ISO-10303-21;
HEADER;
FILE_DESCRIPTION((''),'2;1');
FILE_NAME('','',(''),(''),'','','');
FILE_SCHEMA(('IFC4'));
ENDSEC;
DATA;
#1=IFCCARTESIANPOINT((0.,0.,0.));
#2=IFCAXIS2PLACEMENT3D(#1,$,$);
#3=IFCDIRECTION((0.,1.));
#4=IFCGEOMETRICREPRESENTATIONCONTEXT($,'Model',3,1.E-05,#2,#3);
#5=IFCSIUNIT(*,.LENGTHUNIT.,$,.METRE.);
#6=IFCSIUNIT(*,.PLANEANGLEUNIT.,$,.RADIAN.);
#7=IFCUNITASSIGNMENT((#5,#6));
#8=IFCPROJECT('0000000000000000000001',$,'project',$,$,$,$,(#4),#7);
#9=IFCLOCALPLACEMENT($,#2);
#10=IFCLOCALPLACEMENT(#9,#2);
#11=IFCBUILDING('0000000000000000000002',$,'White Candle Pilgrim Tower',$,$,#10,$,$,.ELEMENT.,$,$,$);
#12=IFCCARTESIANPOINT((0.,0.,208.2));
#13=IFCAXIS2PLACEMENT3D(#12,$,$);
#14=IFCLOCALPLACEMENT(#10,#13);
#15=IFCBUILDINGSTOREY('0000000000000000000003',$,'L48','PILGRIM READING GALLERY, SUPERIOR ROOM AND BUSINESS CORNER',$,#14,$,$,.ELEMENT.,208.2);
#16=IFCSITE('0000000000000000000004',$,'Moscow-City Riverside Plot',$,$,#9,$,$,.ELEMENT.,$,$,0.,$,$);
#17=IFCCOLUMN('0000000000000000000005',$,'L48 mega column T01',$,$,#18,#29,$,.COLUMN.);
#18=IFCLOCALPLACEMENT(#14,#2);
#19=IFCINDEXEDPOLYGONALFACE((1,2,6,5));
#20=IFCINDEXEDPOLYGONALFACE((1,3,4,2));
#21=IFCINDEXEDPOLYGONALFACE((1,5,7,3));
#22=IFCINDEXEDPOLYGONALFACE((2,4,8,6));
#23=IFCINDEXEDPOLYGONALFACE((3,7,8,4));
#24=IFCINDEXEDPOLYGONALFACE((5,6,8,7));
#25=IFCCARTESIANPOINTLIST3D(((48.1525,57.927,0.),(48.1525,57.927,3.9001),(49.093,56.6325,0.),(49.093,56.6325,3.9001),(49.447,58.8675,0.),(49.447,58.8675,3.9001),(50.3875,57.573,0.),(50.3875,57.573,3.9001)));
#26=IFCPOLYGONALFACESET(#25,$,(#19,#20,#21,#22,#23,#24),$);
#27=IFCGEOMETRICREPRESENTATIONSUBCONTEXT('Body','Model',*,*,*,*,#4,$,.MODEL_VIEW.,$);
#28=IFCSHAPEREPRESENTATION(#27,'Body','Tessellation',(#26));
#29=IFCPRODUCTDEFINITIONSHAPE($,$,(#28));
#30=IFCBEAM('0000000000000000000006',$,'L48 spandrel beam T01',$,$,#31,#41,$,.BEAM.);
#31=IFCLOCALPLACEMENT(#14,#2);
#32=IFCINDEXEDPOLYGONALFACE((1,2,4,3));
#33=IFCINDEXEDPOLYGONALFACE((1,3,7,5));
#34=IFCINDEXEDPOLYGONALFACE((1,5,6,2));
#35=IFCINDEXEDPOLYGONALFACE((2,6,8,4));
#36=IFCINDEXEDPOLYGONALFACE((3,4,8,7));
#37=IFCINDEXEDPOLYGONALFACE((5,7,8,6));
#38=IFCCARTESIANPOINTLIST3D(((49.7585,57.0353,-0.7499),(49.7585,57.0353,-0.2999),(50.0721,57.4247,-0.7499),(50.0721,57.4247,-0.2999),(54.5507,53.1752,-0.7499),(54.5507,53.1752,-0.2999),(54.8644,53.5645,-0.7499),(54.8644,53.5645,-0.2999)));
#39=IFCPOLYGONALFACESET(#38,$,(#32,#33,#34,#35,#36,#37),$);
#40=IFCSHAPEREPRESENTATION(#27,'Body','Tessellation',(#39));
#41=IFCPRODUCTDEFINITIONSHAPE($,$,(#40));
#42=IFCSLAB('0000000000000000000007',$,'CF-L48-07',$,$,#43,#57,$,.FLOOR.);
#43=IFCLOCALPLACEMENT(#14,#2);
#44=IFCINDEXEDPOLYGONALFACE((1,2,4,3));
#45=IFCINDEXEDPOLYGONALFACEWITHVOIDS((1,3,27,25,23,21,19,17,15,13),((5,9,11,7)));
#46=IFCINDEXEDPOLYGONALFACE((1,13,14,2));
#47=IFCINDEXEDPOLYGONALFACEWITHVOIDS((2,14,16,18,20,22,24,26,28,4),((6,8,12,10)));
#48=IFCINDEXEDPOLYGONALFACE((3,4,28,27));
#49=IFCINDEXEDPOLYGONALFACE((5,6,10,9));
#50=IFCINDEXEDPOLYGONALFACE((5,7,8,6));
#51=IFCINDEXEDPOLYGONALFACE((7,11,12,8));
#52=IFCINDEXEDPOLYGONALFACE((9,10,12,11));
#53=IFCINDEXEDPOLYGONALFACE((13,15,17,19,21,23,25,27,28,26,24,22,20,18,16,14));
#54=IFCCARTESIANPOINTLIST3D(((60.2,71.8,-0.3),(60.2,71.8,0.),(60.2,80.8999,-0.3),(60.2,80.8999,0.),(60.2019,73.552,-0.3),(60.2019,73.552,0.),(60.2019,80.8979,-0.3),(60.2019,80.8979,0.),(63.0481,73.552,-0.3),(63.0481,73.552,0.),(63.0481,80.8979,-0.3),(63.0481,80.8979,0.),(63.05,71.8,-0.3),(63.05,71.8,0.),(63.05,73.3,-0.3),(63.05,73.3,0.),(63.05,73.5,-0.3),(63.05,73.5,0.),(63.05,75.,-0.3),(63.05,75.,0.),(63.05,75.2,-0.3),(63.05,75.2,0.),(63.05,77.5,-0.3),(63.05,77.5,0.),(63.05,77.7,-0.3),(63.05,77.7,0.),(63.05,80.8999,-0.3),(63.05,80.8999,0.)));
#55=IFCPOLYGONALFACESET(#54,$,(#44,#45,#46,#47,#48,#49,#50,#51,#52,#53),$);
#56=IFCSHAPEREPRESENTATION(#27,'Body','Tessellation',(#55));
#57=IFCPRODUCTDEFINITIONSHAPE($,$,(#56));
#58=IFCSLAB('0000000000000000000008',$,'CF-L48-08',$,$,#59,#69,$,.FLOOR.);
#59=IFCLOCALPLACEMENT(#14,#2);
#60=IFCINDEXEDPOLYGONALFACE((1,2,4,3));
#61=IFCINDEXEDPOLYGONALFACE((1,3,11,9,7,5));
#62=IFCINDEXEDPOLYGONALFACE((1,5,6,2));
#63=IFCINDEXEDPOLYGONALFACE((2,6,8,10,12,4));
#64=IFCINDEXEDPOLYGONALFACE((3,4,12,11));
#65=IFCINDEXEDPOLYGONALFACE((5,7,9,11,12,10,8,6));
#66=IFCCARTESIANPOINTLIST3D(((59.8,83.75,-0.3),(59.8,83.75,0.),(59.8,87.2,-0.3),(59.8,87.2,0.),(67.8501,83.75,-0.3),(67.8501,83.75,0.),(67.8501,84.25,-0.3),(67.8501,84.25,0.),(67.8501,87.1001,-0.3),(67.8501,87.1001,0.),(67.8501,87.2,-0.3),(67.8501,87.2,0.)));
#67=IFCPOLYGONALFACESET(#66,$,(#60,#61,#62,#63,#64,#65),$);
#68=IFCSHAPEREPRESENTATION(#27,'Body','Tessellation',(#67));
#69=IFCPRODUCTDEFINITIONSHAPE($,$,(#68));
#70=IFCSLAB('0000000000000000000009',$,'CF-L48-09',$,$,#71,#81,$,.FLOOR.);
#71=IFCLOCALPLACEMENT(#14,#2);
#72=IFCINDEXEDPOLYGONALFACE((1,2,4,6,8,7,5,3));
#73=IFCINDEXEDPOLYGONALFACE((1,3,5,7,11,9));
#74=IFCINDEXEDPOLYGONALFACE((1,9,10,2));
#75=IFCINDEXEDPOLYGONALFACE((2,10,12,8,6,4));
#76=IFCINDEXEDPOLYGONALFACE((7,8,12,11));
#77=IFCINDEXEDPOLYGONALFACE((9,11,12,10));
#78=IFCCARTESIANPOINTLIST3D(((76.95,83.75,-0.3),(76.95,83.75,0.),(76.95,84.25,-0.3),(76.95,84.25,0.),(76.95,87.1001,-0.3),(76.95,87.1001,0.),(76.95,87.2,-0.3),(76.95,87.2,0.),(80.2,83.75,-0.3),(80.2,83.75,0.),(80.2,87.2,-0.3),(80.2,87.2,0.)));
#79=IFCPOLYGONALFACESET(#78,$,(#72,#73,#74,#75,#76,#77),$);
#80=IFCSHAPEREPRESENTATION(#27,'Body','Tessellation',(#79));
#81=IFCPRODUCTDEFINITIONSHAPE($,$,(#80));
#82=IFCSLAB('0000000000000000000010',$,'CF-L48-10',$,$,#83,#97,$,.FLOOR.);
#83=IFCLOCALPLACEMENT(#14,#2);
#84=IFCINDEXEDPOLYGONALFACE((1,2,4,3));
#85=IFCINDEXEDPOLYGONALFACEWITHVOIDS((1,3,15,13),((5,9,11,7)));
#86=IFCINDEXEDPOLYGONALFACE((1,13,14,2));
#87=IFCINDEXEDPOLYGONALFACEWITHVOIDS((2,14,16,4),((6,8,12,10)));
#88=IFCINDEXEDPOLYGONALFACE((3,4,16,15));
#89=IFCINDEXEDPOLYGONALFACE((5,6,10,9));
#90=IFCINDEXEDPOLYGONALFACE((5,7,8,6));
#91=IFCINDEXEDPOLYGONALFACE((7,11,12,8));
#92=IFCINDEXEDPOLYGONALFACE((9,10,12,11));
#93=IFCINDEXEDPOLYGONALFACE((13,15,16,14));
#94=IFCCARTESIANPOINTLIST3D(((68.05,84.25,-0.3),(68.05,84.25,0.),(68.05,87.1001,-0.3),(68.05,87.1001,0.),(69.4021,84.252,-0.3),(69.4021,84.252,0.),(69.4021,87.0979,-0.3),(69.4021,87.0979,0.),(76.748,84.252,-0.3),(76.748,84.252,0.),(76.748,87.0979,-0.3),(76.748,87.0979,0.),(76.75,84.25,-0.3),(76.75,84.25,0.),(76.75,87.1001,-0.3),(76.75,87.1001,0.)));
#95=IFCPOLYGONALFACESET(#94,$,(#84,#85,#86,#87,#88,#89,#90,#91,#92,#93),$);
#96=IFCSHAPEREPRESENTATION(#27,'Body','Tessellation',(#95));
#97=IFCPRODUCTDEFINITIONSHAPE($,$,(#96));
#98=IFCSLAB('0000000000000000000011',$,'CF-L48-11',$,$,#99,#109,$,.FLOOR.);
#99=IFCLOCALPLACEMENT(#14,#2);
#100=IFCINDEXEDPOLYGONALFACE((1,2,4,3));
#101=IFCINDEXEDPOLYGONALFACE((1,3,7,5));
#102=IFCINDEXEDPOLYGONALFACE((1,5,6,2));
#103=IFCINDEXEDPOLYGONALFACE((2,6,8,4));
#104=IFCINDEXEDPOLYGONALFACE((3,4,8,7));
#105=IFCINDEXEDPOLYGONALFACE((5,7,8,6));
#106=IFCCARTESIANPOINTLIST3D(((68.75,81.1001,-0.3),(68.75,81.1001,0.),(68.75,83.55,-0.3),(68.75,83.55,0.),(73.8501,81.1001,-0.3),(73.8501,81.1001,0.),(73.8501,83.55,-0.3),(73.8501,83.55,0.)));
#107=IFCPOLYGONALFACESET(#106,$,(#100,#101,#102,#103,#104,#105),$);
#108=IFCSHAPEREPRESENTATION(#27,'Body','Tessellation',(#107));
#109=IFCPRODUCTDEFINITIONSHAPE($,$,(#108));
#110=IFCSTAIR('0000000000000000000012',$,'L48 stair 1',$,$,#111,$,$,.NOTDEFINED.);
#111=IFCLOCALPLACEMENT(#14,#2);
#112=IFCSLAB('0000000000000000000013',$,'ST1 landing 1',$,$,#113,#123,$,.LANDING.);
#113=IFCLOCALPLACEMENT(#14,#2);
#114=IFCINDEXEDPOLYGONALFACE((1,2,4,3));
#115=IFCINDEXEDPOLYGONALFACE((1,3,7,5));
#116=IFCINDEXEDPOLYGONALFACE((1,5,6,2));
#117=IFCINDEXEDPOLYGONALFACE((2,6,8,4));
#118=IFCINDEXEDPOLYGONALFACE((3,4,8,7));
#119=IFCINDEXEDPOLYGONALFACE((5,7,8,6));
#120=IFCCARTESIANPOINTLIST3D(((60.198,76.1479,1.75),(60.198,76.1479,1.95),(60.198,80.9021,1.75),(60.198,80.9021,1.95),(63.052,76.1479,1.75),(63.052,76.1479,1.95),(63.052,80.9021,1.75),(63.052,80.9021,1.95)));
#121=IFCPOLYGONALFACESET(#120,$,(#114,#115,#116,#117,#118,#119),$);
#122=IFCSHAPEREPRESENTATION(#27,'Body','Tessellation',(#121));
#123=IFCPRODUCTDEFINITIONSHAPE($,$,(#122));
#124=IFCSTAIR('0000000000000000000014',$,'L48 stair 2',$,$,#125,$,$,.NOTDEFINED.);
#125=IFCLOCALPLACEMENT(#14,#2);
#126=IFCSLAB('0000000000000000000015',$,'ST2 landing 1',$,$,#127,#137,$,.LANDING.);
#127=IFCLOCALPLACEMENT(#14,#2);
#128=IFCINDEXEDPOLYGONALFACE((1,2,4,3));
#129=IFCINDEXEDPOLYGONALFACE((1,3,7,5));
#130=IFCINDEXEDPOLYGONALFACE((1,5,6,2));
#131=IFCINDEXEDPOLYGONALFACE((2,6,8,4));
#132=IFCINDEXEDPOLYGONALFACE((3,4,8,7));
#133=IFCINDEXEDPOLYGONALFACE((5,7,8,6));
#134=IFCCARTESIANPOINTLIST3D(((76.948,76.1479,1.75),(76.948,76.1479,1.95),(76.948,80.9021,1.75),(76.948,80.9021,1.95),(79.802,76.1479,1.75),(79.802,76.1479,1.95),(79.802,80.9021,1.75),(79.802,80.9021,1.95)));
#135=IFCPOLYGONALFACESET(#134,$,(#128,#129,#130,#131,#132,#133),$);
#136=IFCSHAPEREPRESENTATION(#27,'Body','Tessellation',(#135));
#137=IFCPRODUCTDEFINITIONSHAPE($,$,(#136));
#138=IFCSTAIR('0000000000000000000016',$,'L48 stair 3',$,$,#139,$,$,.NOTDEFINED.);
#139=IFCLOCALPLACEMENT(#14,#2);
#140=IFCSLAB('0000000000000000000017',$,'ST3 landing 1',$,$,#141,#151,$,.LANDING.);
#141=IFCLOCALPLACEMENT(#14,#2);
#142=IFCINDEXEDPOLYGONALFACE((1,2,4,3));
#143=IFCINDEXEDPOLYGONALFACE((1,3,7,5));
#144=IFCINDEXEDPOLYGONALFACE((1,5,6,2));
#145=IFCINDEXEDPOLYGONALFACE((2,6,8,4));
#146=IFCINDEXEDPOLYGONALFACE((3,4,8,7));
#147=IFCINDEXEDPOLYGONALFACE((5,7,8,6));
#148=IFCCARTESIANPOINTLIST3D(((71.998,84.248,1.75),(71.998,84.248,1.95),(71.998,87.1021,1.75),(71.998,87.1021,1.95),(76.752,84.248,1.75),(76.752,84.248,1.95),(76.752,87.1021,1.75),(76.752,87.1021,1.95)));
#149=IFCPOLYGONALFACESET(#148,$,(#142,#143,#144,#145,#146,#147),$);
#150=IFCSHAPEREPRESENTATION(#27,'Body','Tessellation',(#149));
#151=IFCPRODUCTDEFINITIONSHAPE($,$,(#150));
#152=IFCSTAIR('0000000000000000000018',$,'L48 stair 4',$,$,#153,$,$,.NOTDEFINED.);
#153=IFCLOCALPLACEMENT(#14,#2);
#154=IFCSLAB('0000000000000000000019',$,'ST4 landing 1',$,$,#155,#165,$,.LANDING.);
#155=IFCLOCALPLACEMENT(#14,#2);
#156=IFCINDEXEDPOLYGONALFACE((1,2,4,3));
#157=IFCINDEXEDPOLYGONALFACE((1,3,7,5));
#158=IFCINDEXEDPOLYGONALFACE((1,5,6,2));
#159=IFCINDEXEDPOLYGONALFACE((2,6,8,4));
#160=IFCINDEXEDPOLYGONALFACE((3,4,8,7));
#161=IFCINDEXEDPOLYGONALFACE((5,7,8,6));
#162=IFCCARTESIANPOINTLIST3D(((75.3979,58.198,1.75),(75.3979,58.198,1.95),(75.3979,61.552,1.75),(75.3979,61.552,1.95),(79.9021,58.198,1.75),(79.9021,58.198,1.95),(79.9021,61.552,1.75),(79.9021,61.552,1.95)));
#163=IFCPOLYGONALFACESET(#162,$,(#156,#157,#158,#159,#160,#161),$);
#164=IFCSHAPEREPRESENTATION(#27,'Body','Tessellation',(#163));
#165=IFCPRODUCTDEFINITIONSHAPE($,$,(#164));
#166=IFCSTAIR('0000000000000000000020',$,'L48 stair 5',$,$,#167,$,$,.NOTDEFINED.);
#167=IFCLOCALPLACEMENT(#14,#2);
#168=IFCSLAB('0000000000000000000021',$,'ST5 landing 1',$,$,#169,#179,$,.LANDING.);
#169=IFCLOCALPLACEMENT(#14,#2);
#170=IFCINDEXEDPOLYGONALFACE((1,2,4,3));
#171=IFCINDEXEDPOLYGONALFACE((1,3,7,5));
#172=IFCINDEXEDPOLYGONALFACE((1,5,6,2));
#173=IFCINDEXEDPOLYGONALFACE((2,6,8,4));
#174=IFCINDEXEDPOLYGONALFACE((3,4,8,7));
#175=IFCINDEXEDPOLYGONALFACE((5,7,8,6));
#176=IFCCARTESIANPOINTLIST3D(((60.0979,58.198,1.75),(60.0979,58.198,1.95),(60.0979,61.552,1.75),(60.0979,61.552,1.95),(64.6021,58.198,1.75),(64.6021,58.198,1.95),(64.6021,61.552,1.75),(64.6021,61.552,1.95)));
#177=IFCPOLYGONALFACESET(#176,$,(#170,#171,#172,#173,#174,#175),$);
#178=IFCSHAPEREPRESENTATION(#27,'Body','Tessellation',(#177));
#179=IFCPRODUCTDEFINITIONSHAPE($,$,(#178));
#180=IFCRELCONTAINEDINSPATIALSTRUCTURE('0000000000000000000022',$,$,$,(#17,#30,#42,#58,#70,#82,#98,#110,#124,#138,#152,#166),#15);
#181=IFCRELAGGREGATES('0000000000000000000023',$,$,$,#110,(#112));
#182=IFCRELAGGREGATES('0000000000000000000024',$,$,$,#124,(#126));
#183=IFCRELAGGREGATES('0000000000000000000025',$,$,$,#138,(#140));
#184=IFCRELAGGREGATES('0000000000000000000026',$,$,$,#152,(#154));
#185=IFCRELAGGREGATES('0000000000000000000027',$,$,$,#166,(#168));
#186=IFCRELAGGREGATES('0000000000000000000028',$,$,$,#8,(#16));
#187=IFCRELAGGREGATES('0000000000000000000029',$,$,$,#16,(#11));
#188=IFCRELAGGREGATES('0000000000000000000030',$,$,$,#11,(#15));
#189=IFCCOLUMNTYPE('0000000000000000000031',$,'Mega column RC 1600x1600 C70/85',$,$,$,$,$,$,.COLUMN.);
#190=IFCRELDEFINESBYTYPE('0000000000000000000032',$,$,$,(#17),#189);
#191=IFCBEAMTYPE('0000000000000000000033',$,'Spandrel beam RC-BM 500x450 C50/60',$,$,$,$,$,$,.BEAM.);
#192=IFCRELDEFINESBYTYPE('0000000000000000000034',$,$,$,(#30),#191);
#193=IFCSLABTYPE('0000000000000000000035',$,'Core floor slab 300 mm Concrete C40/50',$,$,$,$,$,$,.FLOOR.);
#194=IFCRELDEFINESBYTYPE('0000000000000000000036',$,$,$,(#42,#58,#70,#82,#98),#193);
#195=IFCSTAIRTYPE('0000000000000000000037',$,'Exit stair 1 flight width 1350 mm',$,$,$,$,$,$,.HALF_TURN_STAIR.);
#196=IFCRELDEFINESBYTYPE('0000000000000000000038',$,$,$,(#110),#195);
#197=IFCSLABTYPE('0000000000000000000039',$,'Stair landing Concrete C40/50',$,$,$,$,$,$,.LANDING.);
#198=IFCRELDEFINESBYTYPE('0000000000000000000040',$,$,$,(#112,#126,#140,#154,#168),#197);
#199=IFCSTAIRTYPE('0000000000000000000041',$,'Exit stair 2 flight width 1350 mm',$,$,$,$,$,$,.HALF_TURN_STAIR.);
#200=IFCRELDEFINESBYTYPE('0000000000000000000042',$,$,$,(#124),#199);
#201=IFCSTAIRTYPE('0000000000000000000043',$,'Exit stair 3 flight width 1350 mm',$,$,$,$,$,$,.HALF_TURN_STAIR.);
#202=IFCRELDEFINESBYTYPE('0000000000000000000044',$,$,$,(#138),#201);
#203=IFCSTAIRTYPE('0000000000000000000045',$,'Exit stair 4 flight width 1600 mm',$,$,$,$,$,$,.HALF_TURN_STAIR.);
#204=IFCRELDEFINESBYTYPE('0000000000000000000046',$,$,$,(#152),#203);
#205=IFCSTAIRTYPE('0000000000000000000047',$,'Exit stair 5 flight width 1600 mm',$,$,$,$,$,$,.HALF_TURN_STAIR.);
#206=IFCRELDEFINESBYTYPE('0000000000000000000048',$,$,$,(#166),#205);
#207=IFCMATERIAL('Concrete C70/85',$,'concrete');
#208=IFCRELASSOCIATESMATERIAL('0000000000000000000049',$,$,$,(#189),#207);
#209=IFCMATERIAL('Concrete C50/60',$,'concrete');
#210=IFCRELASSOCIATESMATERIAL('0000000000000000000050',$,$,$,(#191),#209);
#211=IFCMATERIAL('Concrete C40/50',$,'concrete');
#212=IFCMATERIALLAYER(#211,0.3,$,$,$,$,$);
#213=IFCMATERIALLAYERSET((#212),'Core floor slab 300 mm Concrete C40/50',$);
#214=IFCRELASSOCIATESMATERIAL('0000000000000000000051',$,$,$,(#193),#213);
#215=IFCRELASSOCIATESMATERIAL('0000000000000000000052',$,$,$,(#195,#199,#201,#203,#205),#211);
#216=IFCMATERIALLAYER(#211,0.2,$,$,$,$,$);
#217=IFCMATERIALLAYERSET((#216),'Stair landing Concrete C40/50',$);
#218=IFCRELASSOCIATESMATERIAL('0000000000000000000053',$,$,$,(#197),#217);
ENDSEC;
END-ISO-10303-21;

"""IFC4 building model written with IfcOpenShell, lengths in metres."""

from ifc_helpers import new_model, si_unit, direction, frame, origin, origin_2d, place, context, subcontext, project, spatial, polyline, rectangle, outline, extrude, material, layer, layer_set, material_profile, profile_set, type_object, element, aggregate, save


model = new_model("IFC4")

# Units and contexts
model_context = context("Model", 3, precision=1e-05, world=origin(), true_north=direction((0.0, 1.0)))
body_context = subcontext(model_context, "Body", "Model", "MODEL_VIEW")
ifc_project = project(units=[si_unit("LENGTHUNIT", "METRE"), si_unit("PLANEANGLEUNIT", "RADIAN")], contexts=[model_context])

# Site, building, storey
site_placement = place(None, origin())
site = spatial("IfcSite", under=ifc_project, at=site_placement, Name="Moscow-City Riverside Plot", CompositionType="ELEMENT", RefElevation=0.0)
building_placement = place(site_placement, origin())
building = spatial("IfcBuilding", under=site, at=building_placement, Name="White Candle Pilgrim Tower", CompositionType="ELEMENT")
storey_placement = place(building_placement, frame((0.0, 0.0, 208.2)))
storey = spatial("IfcBuildingStorey", under=building, at=storey_placement, Name="L48", Description="PILGRIM READING GALLERY, SUPERIOR ROOM AND BUSINESS CORNER", CompositionType="ELEMENT", Elevation=208.2)

# Column
ifc_material_1 = material(Name="Concrete C70/85", Category="concrete")
ifc_material_profile_1 = material_profile(ifc_material_1, rectangle(XDim=1.6001, YDim=1.6001, at=origin_2d()), Name="RC 1600x1600")
ifc_profile_set_1 = profile_set([ifc_material_profile_1], Name="Concrete C70/85")
column_type = type_object("IfcColumnType", Name="Mega column RC 1600x1600 C70/85", PredefinedType="COLUMN", material=ifc_profile_set_1)
column_placement = place(storey_placement, frame((49.27, 57.75, 0.0), z_axis=(0.0, 0.0, 1.0), x_axis=(-0.809017, -0.587785, 0.0)))
element("IfcColumn", 1, at=column_placement, inside=storey, type_object=column_type, Name="L48 mega column T01", PredefinedType="COLUMN", context=body_context, shape_type="SweptSolid", body=[
    extrude(rectangle(XDim=1.6001, YDim=1.6001, at=origin_2d()), origin(), (0.0, 0.0, 1.0), 3.9001),
])

# Beam
ifc_material_2 = material(Name="Concrete C50/60", Category="concrete")
ifc_material_profile_2 = material_profile(ifc_material_2, rectangle(XDim=0.5, YDim=0.45, at=origin_2d()), Name="RC-BM 500x450")
ifc_profile_set_2 = profile_set([ifc_material_profile_2], Name="Concrete C50/60")
beam_type = type_object("IfcBeamType", Name="Spandrel beam RC-BM 500x450 C50/60", PredefinedType="BEAM", material=ifc_profile_set_2)
beam_placement = place(storey_placement, frame((49.9153, 57.23, -0.5249), z_axis=(0.778778, -0.627299, 0.0), x_axis=(0.627299, 0.778778, 0.0)))
element("IfcBeam", 2, at=beam_placement, inside=storey, type_object=beam_type, Name="L48 spandrel beam T01", PredefinedType="BEAM", context=body_context, shape_type="SweptSolid", body=[
    extrude(rectangle(XDim=0.5, YDim=0.45, at=origin_2d()), origin(), (0.0, 0.0, 1.0), 6.1536),
])

# Slabs
ifc_material_3 = material(Name="Concrete C40/50", Category="concrete")
ifc_layer_1 = layer(ifc_material_3, 0.3)
ifc_layer_set_1 = layer_set([ifc_layer_1], Name="Core floor slab 300 mm Concrete C40/50")
slab_type_1 = type_object("IfcSlabType", Name="Core floor slab 300 mm Concrete C40/50", PredefinedType="FLOOR", material=ifc_layer_set_1)
slab_1_placement = place(storey_placement, frame((0.0, 0.0, -0.3)))
element("IfcSlab", 3, at=slab_1_placement, inside=storey, type_object=slab_type_1, Name="CF-L48-07", PredefinedType="FLOOR", context=body_context, shape_type="SweptSolid", body=[
    extrude(outline(polyline([(60.2, 71.8), (60.2, 80.8999), (63.05, 80.8999), (63.05, 77.7), (63.05, 77.5), (63.05, 75.2), (63.05, 75.0), (63.05, 73.5), (63.05, 73.3), (63.05, 71.8), (60.2, 71.8)]), holes=[polyline([(60.2019, 73.552), (63.0481, 73.552), (63.0481, 80.8979), (60.2019, 80.8979), (60.2019, 73.552)])]), origin(), (0.0, 0.0, 1.0), 0.3),
])
slab_2_placement = place(storey_placement, frame((0.0, 0.0, -0.3)))
element("IfcSlab", 4, at=slab_2_placement, inside=storey, type_object=slab_type_1, Name="CF-L48-08", PredefinedType="FLOOR", context=body_context, shape_type="SweptSolid", body=[
    extrude(outline(polyline([(59.8, 87.2), (67.8501, 87.2), (67.8501, 87.1001), (67.8501, 84.25), (67.8501, 83.75), (59.8, 83.75), (59.8, 87.2)])), origin(), (0.0, 0.0, 1.0), 0.3),
])
slab_3_placement = place(storey_placement, frame((0.0, 0.0, -0.3)))
element("IfcSlab", 5, at=slab_3_placement, inside=storey, type_object=slab_type_1, Name="CF-L48-09", PredefinedType="FLOOR", context=body_context, shape_type="SweptSolid", body=[
    extrude(outline(polyline([(80.2, 87.2), (80.2, 83.75), (76.95, 83.75), (76.95, 84.25), (76.95, 87.1001), (76.95, 87.2), (80.2, 87.2)])), origin(), (0.0, 0.0, 1.0), 0.3),
])
slab_4_placement = place(storey_placement, frame((0.0, 0.0, -0.3)))
element("IfcSlab", 6, at=slab_4_placement, inside=storey, type_object=slab_type_1, Name="CF-L48-10", PredefinedType="FLOOR", context=body_context, shape_type="SweptSolid", body=[
    extrude(outline(polyline([(68.05, 87.1001), (76.75, 87.1001), (76.75, 84.25), (68.05, 84.25), (68.05, 87.1001)]), holes=[polyline([(69.4021, 87.0979), (69.4021, 84.252), (76.748, 84.252), (76.748, 87.0979), (69.4021, 87.0979)])]), origin(), (0.0, 0.0, 1.0), 0.3),
])
slab_5_placement = place(storey_placement, frame((0.0, 0.0, -0.3)))
element("IfcSlab", 7, at=slab_5_placement, inside=storey, type_object=slab_type_1, Name="CF-L48-11", PredefinedType="FLOOR", context=body_context, shape_type="SweptSolid", body=[
    extrude(outline(polyline([(73.8501, 83.55), (73.8501, 81.1001), (68.75, 81.1001), (68.75, 83.55), (73.8501, 83.55)])), origin(), (0.0, 0.0, 1.0), 0.3),
])

# Stairs, slabs
stair_type_1 = type_object("IfcStairType", Name="Exit stair 1 flight width 1350 mm", PredefinedType="HALF_TURN_STAIR", material=ifc_material_3)
stair_1_placement = place(storey_placement, origin())
stair_1 = element("IfcStair", 8, at=stair_1_placement, inside=storey, type_object=stair_type_1, Name="L48 stair 1", PredefinedType="NOTDEFINED")
ifc_layer_2 = layer(ifc_material_3, 0.2)
ifc_layer_set_2 = layer_set([ifc_layer_2], Name="Stair landing Concrete C40/50")
slab_type_2 = type_object("IfcSlabType", Name="Stair landing Concrete C40/50", PredefinedType="LANDING", material=ifc_layer_set_2)
slab_6_placement = place(storey_placement, frame((0.0, 0.0, 1.75)))
slab_6 = element("IfcSlab", 9, at=slab_6_placement, type_object=slab_type_2, Name="ST1 landing 1", PredefinedType="LANDING", context=body_context, shape_type="SweptSolid", body=[
    extrude(outline(polyline([(63.052, 76.1479), (60.198, 76.1479), (60.198, 80.9021), (63.052, 80.9021), (63.052, 76.1479)])), origin(), (0.0, 0.0, 1.0), 0.2),
])
aggregate(stair_1, [slab_6])
stair_type_2 = type_object("IfcStairType", Name="Exit stair 2 flight width 1350 mm", PredefinedType="HALF_TURN_STAIR", material=ifc_material_3)
stair_2_placement = place(storey_placement, origin())
stair_2 = element("IfcStair", 10, at=stair_2_placement, inside=storey, type_object=stair_type_2, Name="L48 stair 2", PredefinedType="NOTDEFINED")
slab_7_placement = place(storey_placement, frame((0.0, 0.0, 1.75)))
slab_7 = element("IfcSlab", 11, at=slab_7_placement, type_object=slab_type_2, Name="ST2 landing 1", PredefinedType="LANDING", context=body_context, shape_type="SweptSolid", body=[
    extrude(outline(polyline([(79.802, 76.1479), (76.948, 76.1479), (76.948, 80.9021), (79.802, 80.9021), (79.802, 76.1479)])), origin(), (0.0, 0.0, 1.0), 0.2),
])
aggregate(stair_2, [slab_7])
stair_type_3 = type_object("IfcStairType", Name="Exit stair 3 flight width 1350 mm", PredefinedType="HALF_TURN_STAIR", material=ifc_material_3)
stair_3_placement = place(storey_placement, origin())
stair_3 = element("IfcStair", 12, at=stair_3_placement, inside=storey, type_object=stair_type_3, Name="L48 stair 3", PredefinedType="NOTDEFINED")
slab_8_placement = place(storey_placement, frame((0.0, 0.0, 1.75)))
slab_8 = element("IfcSlab", 13, at=slab_8_placement, type_object=slab_type_2, Name="ST3 landing 1", PredefinedType="LANDING", context=body_context, shape_type="SweptSolid", body=[
    extrude(outline(polyline([(71.998, 84.248), (71.998, 87.1021), (76.752, 87.1021), (76.752, 84.248), (71.998, 84.248)])), origin(), (0.0, 0.0, 1.0), 0.2),
])
aggregate(stair_3, [slab_8])
stair_type_4 = type_object("IfcStairType", Name="Exit stair 4 flight width 1600 mm", PredefinedType="HALF_TURN_STAIR", material=ifc_material_3)
stair_4_placement = place(storey_placement, origin())
stair_4 = element("IfcStair", 14, at=stair_4_placement, inside=storey, type_object=stair_type_4, Name="L48 stair 4", PredefinedType="NOTDEFINED")
slab_9_placement = place(storey_placement, frame((0.0, 0.0, 1.75)))
slab_9 = element("IfcSlab", 15, at=slab_9_placement, type_object=slab_type_2, Name="ST4 landing 1", PredefinedType="LANDING", context=body_context, shape_type="SweptSolid", body=[
    extrude(outline(polyline([(79.9021, 61.552), (79.9021, 58.198), (75.3979, 58.198), (75.3979, 61.552), (79.9021, 61.552)])), origin(), (0.0, 0.0, 1.0), 0.2),
])
aggregate(stair_4, [slab_9])
stair_type_5 = type_object("IfcStairType", Name="Exit stair 5 flight width 1600 mm", PredefinedType="HALF_TURN_STAIR", material=ifc_material_3)
stair_5_placement = place(storey_placement, origin())
stair_5 = element("IfcStair", 16, at=stair_5_placement, inside=storey, type_object=stair_type_5, Name="L48 stair 5", PredefinedType="NOTDEFINED")
slab_10_placement = place(storey_placement, frame((0.0, 0.0, 1.75)))
slab_10 = element("IfcSlab", 17, at=slab_10_placement, type_object=slab_type_2, Name="ST5 landing 1", PredefinedType="LANDING", context=body_context, shape_type="SweptSolid", body=[
    extrude(outline(polyline([(60.0979, 58.198), (60.0979, 61.552), (64.6021, 61.552), (64.6021, 58.198), (60.0979, 58.198)])), origin(), (0.0, 0.0, 1.0), 0.2),
])
aggregate(stair_5, [slab_10])

save(model, "model.ifc")
